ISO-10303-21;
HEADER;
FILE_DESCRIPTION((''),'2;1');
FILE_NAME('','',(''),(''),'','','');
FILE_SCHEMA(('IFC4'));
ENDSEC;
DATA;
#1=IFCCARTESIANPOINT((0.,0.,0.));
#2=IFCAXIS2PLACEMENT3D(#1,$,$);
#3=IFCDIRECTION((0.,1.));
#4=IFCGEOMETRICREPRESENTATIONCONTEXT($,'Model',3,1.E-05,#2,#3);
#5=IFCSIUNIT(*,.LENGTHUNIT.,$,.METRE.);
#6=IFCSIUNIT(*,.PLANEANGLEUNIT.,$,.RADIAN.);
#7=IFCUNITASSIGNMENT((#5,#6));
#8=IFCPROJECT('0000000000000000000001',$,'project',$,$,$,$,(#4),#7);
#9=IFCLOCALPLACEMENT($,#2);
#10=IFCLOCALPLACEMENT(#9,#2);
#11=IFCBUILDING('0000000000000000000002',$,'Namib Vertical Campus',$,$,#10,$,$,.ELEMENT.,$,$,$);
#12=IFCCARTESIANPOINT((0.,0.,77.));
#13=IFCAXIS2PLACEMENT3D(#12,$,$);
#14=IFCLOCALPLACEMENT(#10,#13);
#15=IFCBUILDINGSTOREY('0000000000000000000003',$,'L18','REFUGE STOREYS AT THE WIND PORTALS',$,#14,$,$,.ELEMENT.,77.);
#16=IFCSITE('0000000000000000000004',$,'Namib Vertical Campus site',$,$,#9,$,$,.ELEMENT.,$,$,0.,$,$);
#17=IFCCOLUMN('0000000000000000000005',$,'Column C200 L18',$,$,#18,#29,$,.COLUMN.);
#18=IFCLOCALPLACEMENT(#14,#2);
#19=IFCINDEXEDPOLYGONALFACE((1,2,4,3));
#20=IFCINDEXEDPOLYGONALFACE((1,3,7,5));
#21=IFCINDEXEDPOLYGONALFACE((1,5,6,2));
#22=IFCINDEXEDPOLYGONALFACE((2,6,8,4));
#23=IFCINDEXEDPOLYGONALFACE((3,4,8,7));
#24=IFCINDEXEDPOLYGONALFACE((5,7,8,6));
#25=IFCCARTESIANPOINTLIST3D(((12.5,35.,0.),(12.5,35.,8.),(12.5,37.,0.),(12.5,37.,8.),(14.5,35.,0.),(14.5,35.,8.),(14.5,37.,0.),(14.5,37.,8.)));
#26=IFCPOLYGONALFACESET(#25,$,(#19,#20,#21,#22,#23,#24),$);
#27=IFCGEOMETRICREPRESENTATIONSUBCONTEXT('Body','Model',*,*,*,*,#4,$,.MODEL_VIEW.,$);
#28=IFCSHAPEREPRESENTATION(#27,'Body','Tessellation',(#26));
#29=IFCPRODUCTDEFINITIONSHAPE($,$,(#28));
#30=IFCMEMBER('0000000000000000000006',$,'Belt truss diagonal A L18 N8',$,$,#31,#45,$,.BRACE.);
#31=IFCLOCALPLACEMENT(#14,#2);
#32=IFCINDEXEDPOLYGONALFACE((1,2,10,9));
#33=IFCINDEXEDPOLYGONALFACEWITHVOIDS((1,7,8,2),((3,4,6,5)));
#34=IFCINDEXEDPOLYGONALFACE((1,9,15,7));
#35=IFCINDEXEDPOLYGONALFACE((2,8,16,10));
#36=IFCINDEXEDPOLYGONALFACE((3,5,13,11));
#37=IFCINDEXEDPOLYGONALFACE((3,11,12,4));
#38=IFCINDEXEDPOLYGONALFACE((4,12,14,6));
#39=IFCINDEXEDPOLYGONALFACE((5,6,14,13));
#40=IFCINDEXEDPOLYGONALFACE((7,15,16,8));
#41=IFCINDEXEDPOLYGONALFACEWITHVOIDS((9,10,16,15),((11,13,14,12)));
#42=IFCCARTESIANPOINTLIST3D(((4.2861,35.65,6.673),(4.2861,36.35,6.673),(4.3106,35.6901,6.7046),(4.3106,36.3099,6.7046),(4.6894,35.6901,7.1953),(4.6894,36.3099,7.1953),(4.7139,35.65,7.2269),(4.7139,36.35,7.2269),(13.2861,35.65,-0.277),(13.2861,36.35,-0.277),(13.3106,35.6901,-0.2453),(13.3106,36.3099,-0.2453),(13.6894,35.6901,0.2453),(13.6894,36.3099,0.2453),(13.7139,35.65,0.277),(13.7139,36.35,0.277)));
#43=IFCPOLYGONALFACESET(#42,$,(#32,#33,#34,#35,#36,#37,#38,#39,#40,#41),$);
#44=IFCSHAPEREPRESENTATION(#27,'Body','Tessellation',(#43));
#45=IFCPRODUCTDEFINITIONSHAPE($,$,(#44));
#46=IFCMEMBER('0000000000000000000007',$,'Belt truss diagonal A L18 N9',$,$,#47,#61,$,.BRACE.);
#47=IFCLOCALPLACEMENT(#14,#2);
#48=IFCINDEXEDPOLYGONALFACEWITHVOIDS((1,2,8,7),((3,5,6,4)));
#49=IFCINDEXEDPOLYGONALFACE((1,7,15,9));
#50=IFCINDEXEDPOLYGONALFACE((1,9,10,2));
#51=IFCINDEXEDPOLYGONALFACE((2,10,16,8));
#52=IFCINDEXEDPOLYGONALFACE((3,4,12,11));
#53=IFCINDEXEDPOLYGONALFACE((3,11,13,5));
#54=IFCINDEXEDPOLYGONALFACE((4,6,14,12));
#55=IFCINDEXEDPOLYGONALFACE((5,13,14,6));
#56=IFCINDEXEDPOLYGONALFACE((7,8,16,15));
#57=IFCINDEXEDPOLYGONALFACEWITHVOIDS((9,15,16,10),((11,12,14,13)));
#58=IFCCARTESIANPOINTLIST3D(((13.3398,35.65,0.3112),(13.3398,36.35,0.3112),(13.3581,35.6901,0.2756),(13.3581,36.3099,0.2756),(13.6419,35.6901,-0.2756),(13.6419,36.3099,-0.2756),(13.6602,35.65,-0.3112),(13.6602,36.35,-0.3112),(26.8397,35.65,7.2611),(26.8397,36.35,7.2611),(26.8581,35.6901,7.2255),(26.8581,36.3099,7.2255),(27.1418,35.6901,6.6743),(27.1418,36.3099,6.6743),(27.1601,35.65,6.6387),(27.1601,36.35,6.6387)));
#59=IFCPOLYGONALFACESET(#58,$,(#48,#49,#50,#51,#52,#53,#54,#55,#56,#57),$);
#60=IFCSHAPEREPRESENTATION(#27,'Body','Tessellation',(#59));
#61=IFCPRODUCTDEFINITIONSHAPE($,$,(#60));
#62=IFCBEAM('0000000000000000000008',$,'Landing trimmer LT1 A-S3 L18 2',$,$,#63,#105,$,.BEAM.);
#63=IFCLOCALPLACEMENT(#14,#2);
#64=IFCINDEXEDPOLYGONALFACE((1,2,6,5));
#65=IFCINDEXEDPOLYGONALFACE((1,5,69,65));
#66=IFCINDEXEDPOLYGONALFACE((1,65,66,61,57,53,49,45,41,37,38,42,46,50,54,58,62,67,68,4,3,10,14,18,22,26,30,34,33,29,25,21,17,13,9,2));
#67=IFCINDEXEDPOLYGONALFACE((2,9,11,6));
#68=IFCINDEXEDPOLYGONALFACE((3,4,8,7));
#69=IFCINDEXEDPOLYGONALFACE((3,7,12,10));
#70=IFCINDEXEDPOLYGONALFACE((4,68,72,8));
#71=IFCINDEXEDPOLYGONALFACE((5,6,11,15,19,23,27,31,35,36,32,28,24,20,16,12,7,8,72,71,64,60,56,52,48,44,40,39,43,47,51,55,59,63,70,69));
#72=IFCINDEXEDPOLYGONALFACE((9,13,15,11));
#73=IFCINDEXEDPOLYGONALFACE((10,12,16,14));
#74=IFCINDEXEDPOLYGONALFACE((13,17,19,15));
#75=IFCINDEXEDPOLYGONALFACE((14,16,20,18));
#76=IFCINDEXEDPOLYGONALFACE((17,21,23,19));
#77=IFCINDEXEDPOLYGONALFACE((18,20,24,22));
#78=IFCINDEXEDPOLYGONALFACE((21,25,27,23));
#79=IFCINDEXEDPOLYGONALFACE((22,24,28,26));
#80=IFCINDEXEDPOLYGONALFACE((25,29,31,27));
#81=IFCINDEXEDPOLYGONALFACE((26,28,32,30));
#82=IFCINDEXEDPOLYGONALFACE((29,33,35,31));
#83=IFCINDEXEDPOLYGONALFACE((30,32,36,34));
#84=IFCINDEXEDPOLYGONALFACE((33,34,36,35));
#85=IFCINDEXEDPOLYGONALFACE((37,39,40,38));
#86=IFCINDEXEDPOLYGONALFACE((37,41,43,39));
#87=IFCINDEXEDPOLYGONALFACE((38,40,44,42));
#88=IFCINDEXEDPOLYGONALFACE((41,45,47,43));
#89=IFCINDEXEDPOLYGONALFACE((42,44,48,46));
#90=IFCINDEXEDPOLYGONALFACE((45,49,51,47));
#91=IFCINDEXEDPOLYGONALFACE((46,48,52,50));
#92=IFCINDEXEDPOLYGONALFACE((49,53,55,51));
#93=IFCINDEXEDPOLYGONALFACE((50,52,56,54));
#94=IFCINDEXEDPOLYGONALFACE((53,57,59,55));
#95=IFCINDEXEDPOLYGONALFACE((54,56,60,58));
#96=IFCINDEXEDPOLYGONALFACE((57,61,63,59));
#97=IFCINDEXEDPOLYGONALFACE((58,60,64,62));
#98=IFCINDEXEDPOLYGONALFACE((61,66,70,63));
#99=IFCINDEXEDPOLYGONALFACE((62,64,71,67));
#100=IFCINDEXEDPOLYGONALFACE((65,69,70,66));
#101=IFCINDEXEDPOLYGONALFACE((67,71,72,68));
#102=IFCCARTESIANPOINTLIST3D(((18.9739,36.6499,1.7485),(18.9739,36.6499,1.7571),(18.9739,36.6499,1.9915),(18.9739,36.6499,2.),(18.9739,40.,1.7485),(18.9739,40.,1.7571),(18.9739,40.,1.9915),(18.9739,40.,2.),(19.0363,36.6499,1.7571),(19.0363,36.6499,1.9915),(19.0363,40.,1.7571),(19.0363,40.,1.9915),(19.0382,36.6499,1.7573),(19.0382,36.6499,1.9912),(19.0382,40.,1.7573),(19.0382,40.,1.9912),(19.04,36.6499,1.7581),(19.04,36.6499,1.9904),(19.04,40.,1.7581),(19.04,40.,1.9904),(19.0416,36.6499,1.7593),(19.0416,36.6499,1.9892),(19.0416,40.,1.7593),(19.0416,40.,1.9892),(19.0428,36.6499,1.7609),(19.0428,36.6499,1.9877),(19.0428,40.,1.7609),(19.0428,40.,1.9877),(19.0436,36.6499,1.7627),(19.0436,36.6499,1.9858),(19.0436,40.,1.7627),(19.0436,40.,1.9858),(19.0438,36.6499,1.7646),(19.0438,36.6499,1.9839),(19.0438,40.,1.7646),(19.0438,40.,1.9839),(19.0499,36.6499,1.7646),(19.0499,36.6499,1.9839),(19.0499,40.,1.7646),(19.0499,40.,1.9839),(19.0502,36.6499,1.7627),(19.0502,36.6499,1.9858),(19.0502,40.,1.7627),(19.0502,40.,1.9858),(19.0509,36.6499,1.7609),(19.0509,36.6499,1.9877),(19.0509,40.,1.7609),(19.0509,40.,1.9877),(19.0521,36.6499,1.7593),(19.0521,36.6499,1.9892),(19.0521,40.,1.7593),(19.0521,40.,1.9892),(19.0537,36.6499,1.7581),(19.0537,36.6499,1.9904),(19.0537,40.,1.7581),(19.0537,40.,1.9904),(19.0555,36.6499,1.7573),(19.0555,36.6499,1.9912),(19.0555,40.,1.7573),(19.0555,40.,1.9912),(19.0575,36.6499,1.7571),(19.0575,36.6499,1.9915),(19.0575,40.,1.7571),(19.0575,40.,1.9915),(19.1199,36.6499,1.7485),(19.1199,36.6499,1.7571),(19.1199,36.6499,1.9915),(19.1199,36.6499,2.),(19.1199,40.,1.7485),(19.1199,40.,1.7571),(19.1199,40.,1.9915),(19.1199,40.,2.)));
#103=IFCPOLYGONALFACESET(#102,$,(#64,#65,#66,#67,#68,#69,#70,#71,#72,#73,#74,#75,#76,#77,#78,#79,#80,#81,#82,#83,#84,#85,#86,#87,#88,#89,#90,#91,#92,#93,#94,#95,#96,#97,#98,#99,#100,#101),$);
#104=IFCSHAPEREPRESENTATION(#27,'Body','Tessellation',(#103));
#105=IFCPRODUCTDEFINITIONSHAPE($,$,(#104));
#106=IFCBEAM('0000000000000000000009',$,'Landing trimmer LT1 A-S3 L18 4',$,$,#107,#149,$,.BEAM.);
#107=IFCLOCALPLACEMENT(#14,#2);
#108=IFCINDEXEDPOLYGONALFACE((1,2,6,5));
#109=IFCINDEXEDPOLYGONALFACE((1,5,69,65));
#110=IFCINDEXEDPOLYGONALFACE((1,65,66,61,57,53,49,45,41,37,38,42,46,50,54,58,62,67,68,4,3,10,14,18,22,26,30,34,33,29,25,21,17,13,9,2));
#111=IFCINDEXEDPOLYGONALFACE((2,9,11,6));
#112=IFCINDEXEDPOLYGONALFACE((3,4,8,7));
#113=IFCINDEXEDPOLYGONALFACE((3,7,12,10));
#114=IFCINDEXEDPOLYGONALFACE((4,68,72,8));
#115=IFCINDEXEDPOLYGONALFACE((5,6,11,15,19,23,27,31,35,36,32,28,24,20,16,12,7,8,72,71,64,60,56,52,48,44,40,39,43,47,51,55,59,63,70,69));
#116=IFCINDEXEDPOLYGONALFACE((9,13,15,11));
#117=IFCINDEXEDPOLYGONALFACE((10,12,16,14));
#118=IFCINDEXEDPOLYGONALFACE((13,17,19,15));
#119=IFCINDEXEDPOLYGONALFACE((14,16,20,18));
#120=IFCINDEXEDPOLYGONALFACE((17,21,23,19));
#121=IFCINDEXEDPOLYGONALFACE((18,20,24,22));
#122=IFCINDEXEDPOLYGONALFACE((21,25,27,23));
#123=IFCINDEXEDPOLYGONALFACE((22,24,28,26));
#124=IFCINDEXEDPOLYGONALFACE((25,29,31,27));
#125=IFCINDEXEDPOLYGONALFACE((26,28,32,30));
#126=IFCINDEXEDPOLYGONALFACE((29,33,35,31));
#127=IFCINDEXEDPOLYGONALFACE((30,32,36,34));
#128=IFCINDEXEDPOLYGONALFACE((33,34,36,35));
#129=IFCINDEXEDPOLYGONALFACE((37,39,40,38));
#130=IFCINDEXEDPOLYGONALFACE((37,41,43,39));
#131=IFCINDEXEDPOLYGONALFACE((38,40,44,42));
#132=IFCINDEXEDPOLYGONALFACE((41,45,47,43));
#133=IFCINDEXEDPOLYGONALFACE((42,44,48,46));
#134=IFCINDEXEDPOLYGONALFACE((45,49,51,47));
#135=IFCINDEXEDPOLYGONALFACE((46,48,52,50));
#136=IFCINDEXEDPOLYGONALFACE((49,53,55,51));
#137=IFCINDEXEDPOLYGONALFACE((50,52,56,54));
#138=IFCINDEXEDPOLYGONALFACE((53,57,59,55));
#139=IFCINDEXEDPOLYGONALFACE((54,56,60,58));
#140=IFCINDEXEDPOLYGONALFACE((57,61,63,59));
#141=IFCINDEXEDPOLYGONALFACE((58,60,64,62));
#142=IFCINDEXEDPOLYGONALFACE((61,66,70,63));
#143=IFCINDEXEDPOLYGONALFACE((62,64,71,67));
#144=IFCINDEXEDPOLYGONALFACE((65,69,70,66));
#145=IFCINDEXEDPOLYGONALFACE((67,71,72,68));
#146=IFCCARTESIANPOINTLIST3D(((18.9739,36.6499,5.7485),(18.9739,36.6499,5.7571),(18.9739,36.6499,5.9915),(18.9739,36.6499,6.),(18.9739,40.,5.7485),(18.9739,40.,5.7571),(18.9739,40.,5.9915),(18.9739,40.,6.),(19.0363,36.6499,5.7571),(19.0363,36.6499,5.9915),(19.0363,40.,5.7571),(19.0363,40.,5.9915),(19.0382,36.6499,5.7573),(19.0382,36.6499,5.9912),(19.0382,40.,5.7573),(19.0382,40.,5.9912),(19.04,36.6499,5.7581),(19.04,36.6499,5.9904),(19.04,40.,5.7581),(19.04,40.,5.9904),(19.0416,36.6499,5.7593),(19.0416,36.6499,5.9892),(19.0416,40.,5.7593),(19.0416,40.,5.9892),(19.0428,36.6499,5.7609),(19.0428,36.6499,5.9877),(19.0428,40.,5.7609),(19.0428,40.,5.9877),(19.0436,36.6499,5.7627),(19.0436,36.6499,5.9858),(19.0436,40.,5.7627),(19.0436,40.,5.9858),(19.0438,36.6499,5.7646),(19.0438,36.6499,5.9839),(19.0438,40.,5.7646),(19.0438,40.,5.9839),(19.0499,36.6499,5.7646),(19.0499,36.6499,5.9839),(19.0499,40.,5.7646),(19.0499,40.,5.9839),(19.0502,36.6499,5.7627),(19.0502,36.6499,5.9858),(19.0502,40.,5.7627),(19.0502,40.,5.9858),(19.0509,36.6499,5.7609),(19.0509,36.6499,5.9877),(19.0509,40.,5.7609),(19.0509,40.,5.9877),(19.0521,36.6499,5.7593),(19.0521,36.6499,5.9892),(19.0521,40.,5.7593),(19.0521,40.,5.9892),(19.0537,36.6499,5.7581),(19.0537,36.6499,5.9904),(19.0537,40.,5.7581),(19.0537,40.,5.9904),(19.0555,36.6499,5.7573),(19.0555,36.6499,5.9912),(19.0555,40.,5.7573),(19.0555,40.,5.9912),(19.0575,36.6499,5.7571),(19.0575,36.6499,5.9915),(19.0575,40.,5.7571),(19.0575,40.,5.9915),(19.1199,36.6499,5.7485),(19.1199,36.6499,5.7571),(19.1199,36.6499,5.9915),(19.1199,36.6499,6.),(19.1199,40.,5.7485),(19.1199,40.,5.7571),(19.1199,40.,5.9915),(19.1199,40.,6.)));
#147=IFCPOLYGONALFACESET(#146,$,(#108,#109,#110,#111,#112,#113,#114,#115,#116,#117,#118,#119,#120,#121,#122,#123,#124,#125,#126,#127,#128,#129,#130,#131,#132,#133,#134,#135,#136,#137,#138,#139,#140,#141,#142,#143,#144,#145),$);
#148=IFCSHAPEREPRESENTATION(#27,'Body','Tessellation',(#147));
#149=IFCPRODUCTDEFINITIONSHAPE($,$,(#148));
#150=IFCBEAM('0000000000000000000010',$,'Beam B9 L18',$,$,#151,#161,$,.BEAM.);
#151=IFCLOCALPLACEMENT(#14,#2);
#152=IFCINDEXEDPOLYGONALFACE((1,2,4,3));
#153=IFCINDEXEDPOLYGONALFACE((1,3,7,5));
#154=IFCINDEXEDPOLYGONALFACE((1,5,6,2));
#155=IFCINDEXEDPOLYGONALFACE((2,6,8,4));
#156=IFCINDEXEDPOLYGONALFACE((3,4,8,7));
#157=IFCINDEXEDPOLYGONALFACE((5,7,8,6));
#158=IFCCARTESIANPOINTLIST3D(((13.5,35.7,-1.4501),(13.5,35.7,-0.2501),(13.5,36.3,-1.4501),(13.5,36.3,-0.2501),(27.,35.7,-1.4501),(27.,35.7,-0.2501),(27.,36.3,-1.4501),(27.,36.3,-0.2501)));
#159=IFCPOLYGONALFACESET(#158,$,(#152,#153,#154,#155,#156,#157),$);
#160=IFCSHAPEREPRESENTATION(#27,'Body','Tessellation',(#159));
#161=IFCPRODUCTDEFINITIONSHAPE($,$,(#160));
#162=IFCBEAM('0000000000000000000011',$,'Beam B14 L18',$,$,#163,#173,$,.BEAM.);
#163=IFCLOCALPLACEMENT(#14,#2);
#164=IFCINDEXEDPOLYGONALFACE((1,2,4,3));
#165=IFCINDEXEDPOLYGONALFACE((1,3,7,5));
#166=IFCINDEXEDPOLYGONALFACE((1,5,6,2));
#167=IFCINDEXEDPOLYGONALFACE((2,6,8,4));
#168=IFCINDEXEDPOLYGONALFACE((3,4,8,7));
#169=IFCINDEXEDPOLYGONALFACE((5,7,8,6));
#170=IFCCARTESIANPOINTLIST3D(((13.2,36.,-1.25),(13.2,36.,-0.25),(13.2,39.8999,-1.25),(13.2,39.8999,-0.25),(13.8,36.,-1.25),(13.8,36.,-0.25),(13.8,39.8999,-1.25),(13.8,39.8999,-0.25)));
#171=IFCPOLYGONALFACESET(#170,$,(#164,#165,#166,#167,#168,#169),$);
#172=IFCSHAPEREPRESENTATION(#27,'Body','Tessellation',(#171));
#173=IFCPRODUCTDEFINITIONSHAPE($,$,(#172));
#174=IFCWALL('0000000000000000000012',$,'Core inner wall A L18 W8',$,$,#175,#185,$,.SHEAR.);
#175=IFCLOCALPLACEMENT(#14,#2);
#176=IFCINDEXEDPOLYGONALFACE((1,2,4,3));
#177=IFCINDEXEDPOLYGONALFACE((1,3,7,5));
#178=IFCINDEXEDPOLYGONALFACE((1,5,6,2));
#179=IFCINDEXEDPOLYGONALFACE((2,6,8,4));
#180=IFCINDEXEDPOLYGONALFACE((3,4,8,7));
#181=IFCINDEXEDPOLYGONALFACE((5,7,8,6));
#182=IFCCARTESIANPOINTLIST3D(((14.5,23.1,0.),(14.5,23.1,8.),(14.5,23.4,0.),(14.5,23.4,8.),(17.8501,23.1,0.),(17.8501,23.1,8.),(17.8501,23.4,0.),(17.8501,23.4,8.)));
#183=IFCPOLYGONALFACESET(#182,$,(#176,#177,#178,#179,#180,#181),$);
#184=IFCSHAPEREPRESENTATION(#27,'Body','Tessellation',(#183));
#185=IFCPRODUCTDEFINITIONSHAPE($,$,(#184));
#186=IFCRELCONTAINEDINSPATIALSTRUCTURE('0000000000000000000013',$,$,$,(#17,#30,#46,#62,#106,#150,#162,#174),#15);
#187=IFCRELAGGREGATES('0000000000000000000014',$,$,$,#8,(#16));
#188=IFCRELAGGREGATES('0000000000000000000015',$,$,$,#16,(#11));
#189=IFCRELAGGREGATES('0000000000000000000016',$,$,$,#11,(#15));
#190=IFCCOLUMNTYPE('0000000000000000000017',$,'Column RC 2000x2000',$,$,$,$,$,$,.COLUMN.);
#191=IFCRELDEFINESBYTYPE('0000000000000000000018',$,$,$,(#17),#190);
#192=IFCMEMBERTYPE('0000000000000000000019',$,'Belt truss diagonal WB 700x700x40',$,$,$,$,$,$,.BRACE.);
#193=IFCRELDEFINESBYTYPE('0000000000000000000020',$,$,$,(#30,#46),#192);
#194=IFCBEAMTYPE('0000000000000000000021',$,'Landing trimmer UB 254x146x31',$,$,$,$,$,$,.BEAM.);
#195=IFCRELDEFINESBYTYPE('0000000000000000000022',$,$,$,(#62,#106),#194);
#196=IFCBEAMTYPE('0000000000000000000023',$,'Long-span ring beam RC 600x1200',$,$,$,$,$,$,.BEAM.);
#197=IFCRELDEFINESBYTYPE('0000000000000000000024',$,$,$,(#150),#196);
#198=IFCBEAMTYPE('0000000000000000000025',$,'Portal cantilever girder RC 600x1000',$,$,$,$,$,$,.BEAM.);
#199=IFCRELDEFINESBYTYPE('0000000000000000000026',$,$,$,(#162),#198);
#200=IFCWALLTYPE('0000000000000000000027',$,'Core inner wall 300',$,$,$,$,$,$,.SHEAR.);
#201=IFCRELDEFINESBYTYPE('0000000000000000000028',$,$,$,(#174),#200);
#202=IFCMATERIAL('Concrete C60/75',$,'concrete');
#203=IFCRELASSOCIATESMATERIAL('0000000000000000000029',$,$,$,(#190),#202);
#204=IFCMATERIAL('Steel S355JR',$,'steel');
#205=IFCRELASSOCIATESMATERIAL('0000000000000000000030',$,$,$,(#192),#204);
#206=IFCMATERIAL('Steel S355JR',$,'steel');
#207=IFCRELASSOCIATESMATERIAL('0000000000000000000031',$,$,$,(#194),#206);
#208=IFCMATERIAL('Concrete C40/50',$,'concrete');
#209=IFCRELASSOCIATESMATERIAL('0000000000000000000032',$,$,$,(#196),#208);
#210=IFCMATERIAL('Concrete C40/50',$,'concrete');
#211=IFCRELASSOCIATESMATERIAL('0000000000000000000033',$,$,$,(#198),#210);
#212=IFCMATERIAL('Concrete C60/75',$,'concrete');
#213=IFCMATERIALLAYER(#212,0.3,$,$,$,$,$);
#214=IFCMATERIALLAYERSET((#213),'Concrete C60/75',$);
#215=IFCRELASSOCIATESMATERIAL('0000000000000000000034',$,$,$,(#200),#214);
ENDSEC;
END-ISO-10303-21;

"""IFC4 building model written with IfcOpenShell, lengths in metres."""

from ifc_helpers import new_model, si_unit, direction, frame, frame_2d, origin, origin_2d, place, context, subcontext, project, spatial, rectangle, hollow_rectangle, i_section, extrude, material, layer, layer_set, material_profile, profile_set, type_object, element, save


model = new_model("IFC4")

# Units and contexts
model_context = context("Model", 3, precision=1e-05, world=origin(), true_north=direction((0.0, 1.0)))
body_context = subcontext(model_context, "Body", "Model", "MODEL_VIEW")
ifc_project = project(units=[si_unit("LENGTHUNIT", "METRE"), si_unit("PLANEANGLEUNIT", "RADIAN")], contexts=[model_context])

# Site, building, storey
site_placement = place(None, origin())
site = spatial("IfcSite", under=ifc_project, at=site_placement, Name="Namib Vertical Campus site", CompositionType="ELEMENT", RefElevation=0.0)
building_placement = place(site_placement, origin())
building = spatial("IfcBuilding", under=site, at=building_placement, Name="Namib Vertical Campus", CompositionType="ELEMENT")
storey_placement = place(building_placement, frame((0.0, 0.0, 77.0)))
storey = spatial("IfcBuildingStorey", under=building, at=storey_placement, Name="L18", Description="REFUGE STOREYS AT THE WIND PORTALS", CompositionType="ELEMENT", Elevation=77.0)

# Column
ifc_material_1 = material(Name="Concrete C60/75", Category="concrete")
ifc_material_profile_1 = material_profile(ifc_material_1, rectangle(XDim=2.0, YDim=2.0, at=origin_2d()))
ifc_profile_set_1 = profile_set([ifc_material_profile_1], Name="Concrete C60/75")
column_type = type_object("IfcColumnType", Name="Column RC 2000x2000", PredefinedType="COLUMN", material=ifc_profile_set_1)
column_placement = place(storey_placement, frame((13.5, 36.0, 0.0), z_axis=(0.0, 0.0, 1.0), x_axis=(1.0, 0.0, 0.0)))
element("IfcColumn", 1, at=column_placement, inside=storey, type_object=column_type, Name="Column C200 L18", PredefinedType="COLUMN", context=body_context, shape_type="SweptSolid", body=[
    extrude(rectangle(XDim=2.0, YDim=2.0, at=origin_2d()), origin(), (0.0, 0.0, 1.0), 8.0),
])

# Members
ifc_material_2 = material(Name="Steel S355JR", Category="steel")
ifc_material_profile_2 = material_profile(ifc_material_2, hollow_rectangle(XDim=0.7, YDim=0.7, WallThickness=0.04, at=origin_2d()))
ifc_profile_set_2 = profile_set([ifc_material_profile_2], Name="Steel S355JR")
member_type = type_object("IfcMemberType", Name="Belt truss diagonal WB 700x700x40", PredefinedType="BRACE", material=ifc_profile_set_2)
member_1_placement = place(storey_placement, frame((13.5, 36.0, 0.0), z_axis=(-0.79148, 0.0, 0.611194), x_axis=(0.0, -1.0, 0.0)))
element("IfcMember", 2, at=member_1_placement, inside=storey, type_object=member_type, Name="Belt truss diagonal A L18 N8", PredefinedType="BRACE", context=body_context, shape_type="SweptSolid", body=[
    extrude(hollow_rectangle(XDim=0.7, YDim=0.7, WallThickness=0.04, at=origin_2d()), origin(), (0.0, 0.0, 1.0), 11.3711),
])
member_2_placement = place(storey_placement, frame((13.5, 36.0, 0.0), z_axis=(0.889098, 0.0, 0.457717), x_axis=(0.0, 1.0, 0.0)))
element("IfcMember", 3, at=member_2_placement, inside=storey, type_object=member_type, Name="Belt truss diagonal A L18 N9", PredefinedType="BRACE", context=body_context, shape_type="SweptSolid", body=[
    extrude(hollow_rectangle(XDim=0.7, YDim=0.7, WallThickness=0.04, at=origin_2d()), origin(), (0.0, 0.0, 1.0), 15.1838),
])

# Beams
ifc_material_3 = material(Name="Steel S355JR", Category="steel")
ifc_material_profile_3 = material_profile(ifc_material_3, i_section(OverallWidth=0.146, OverallDepth=0.2515, WebThickness=0.0061, FlangeThickness=0.0085, FilletRadius=0.0076, at=origin_2d()))
ifc_profile_set_3 = profile_set([ifc_material_profile_3], Name="Steel S355JR")
beam_type_1 = type_object("IfcBeamType", Name="Landing trimmer UB 254x146x31", PredefinedType="BEAM", material=ifc_profile_set_3)
for number, where, z_axis, x_axis, name in (
    (4, (19.0469, 36.6499, 1.8743), (0.0, 1.0, 0.0), (-1.0, 0.0, 0.0), "Landing trimmer LT1 A-S3 L18 2"),
    (5, (19.0469, 36.6499, 5.8743), (0.0, 1.0, 0.0), (-1.0, 0.0, 0.0), "Landing trimmer LT1 A-S3 L18 4"),
):
    element("IfcBeam", number, at=place(storey_placement, frame(where, z_axis=z_axis, x_axis=x_axis)), inside=storey, type_object=beam_type_1, Name=name, PredefinedType="BEAM", context=body_context, shape_type="SweptSolid", body=[
        extrude(i_section(OverallWidth=0.146, OverallDepth=0.2515, WebThickness=0.0061, FlangeThickness=0.0085, FilletRadius=0.0076, at=origin_2d()), origin(), (0.0, 0.0, 1.0), 3.3501),
    ])
ifc_material_4 = material(Name="Concrete C40/50", Category="concrete")
ifc_material_profile_4 = material_profile(ifc_material_4, rectangle(XDim=0.6001, YDim=1.2, at=origin_2d()))
ifc_profile_set_4 = profile_set([ifc_material_profile_4], Name="Concrete C40/50")
beam_type_2 = type_object("IfcBeamType", Name="Long-span ring beam RC 600x1200", PredefinedType="BEAM", material=ifc_profile_set_4)
beam_1_placement = place(storey_placement, frame((13.5, 36.0, -0.8501), z_axis=(1.0, 0.0, 0.0), x_axis=(0.0, 1.0, 0.0)))
element("IfcBeam", 6, at=beam_1_placement, inside=storey, type_object=beam_type_2, Name="Beam B9 L18", PredefinedType="BEAM", context=body_context, shape_type="SweptSolid", body=[
    extrude(rectangle(XDim=0.6001, YDim=1.2, at=origin_2d()), origin(), (0.0, 0.0, 1.0), 13.5),
])
ifc_material_5 = material(Name="Concrete C40/50", Category="concrete")
ifc_material_profile_5 = material_profile(ifc_material_5, rectangle(XDim=0.6001, YDim=1.0, at=origin_2d()))
ifc_profile_set_5 = profile_set([ifc_material_profile_5], Name="Concrete C40/50")
beam_type_3 = type_object("IfcBeamType", Name="Portal cantilever girder RC 600x1000", PredefinedType="BEAM", material=ifc_profile_set_5)
beam_2_placement = place(storey_placement, frame((13.5, 36.0, -0.75), z_axis=(0.0, 1.0, 0.0), x_axis=(-1.0, 0.0, 0.0)))
element("IfcBeam", 7, at=beam_2_placement, inside=storey, type_object=beam_type_3, Name="Beam B14 L18", PredefinedType="BEAM", context=body_context, shape_type="SweptSolid", body=[
    extrude(rectangle(XDim=0.6001, YDim=1.0, at=origin_2d()), origin(), (0.0, 0.0, 1.0), 3.8999),
])

# Wall
ifc_material_6 = material(Name="Concrete C60/75", Category="concrete")
ifc_layer_1 = layer(ifc_material_6, 0.3)
ifc_layer_set_1 = layer_set([ifc_layer_1], Name="Concrete C60/75")
wall_type_1 = type_object("IfcWallType", Name="Core inner wall 300", PredefinedType="SHEAR", material=ifc_layer_set_1)
for number, where, z_axis, x_axis, name in (
    (8, (14.5, 23.25, 0.0), (0.0, 0.0, 1.0), (1.0, 0.0, 0.0), "Core inner wall A L18 W8"),
):
    element("IfcWall", number, at=place(storey_placement, frame(where, z_axis=z_axis, x_axis=x_axis)), inside=storey, type_object=wall_type_1, Name=name, PredefinedType="SHEAR", context=body_context, shape_type="SweptSolid", body=[
        extrude(rectangle(XDim=3.3501, YDim=0.3, at=frame_2d((1.675, 0.0))), origin(), (0.0, 0.0, 1.0), 8.0),
    ])

save(model, "model.ifc")
